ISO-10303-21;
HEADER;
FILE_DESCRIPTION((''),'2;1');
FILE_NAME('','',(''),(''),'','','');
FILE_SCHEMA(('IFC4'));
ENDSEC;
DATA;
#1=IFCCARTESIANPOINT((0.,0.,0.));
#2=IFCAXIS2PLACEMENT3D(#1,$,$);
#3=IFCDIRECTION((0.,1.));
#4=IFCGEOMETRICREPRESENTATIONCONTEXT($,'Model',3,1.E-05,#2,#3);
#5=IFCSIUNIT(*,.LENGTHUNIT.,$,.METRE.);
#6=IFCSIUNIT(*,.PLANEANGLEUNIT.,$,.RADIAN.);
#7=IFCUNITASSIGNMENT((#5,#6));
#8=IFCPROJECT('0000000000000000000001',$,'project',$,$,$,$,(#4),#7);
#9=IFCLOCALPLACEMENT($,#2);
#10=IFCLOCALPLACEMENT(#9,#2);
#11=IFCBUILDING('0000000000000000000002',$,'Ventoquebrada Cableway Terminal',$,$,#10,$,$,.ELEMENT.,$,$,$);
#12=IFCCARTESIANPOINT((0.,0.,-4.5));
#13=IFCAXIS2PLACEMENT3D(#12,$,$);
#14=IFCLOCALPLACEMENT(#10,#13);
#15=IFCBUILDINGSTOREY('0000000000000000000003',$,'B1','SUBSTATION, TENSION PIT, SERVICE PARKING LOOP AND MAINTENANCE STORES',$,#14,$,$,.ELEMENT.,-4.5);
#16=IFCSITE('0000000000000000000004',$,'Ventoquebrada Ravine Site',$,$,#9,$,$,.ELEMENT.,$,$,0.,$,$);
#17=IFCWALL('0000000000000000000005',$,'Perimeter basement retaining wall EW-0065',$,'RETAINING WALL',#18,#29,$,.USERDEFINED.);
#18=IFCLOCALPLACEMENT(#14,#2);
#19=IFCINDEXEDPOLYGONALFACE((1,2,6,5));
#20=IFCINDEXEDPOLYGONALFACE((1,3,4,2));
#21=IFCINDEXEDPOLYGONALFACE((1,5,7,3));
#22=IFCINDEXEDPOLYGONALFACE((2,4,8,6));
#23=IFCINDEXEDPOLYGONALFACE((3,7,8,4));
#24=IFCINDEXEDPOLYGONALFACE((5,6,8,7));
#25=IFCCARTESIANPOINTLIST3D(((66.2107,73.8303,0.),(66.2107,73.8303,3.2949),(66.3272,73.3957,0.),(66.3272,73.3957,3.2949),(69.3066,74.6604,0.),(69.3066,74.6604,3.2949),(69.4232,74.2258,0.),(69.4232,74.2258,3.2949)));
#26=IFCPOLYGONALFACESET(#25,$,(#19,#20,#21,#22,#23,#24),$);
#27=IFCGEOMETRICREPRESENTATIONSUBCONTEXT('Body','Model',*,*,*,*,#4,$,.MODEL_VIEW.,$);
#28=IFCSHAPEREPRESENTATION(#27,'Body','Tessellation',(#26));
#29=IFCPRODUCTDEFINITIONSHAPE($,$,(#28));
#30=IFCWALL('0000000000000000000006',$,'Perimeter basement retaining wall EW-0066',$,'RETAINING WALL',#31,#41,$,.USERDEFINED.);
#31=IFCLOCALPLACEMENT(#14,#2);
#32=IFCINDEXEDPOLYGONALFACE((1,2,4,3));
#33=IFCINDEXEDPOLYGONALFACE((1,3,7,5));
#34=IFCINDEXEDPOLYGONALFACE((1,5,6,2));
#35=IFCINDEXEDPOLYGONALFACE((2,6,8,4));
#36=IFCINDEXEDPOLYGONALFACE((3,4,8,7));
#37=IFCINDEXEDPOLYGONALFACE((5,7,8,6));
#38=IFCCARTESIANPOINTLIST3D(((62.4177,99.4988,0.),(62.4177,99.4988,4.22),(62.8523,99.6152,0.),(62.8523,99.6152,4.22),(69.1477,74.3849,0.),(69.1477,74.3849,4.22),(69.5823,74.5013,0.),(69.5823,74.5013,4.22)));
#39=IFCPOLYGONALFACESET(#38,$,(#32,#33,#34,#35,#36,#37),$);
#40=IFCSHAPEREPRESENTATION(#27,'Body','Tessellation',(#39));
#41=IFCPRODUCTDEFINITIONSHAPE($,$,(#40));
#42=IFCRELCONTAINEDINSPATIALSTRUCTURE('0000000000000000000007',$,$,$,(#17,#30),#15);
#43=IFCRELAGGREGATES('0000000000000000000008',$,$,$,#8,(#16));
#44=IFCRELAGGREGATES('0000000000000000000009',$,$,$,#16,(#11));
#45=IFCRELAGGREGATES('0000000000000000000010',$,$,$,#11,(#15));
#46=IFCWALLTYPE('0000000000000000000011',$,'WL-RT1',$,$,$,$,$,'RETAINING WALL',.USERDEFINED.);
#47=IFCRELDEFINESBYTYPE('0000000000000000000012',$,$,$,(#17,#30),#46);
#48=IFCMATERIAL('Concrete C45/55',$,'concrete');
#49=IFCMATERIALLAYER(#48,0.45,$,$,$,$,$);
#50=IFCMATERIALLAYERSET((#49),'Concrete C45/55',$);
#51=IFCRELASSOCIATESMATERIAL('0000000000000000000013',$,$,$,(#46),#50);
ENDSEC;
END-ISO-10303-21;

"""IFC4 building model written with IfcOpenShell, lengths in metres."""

from ifc_helpers import new_model, si_unit, direction, frame, frame_2d, origin, place, context, subcontext, project, spatial, rectangle, extrude, material, layer, layer_set, type_object, element, save


model = new_model("IFC4")

# Units and contexts
model_context = context("Model", 3, precision=1e-05, world=origin(), true_north=direction((0.0, 1.0)))
body_context = subcontext(model_context, "Body", "Model", "MODEL_VIEW")
ifc_project = project(units=[si_unit("LENGTHUNIT", "METRE"), si_unit("PLANEANGLEUNIT", "RADIAN")], contexts=[model_context])

# Site, building, storey
site_placement = place(None, origin())
site = spatial("IfcSite", under=ifc_project, at=site_placement, Name="Ventoquebrada Ravine Site", CompositionType="ELEMENT", RefElevation=0.0)
building_placement = place(site_placement, origin())
building = spatial("IfcBuilding", under=site, at=building_placement, Name="Ventoquebrada Cableway Terminal", CompositionType="ELEMENT")
storey_placement = place(building_placement, frame((0.0, 0.0, -4.5)))
storey = spatial("IfcBuildingStorey", under=building, at=storey_placement, Name="B1", Description="SUBSTATION, TENSION PIT, SERVICE PARKING LOOP AND MAINTENANCE STORES", CompositionType="ELEMENT", Elevation=-4.5)

# Walls
ifc_material_1 = material(Name="Concrete C45/55", Category="concrete")
ifc_layer_1 = layer(ifc_material_1, 0.45)
ifc_layer_set_1 = layer_set([ifc_layer_1], Name="Concrete C45/55")
wall_type_1 = type_object("IfcWallType", Name="WL-RT1", ElementType="RETAINING WALL", PredefinedType="USERDEFINED", material=ifc_layer_set_1)
wall_1_placement = place(storey_placement, frame((66.269, 73.613, 0.0), z_axis=(0.0, 0.0, 1.0), x_axis=(0.965885, 0.258971, 0.0)))
element("IfcWall", 1, at=wall_1_placement, inside=storey, type_object=wall_type_1, Name="Perimeter basement retaining wall EW-0065", ObjectType="RETAINING WALL", PredefinedType="USERDEFINED", context=body_context, shape_type="SweptSolid", body=[
    extrude(rectangle(XDim=3.2053, YDim=0.45, at=frame_2d((1.6025, 0.0))), origin(), (0.0, 0.0, 1.0), 3.2949),
])
wall_2_placement = place(storey_placement, frame((69.365, 74.4431, 0.0), z_axis=(0.0, 0.0, 1.0), x_axis=(-0.258847, 0.965918, 0.0)))
element("IfcWall", 2, at=wall_2_placement, inside=storey, type_object=wall_type_1, Name="Perimeter basement retaining wall EW-0066", ObjectType="RETAINING WALL", PredefinedType="USERDEFINED", context=body_context, shape_type="SweptSolid", body=[
    extrude(rectangle(XDim=26.0, YDim=0.45, at=frame_2d((13.0, 0.0))), origin(), (0.0, 0.0, 1.0), 4.22),
])

save(model, "model.ifc")
